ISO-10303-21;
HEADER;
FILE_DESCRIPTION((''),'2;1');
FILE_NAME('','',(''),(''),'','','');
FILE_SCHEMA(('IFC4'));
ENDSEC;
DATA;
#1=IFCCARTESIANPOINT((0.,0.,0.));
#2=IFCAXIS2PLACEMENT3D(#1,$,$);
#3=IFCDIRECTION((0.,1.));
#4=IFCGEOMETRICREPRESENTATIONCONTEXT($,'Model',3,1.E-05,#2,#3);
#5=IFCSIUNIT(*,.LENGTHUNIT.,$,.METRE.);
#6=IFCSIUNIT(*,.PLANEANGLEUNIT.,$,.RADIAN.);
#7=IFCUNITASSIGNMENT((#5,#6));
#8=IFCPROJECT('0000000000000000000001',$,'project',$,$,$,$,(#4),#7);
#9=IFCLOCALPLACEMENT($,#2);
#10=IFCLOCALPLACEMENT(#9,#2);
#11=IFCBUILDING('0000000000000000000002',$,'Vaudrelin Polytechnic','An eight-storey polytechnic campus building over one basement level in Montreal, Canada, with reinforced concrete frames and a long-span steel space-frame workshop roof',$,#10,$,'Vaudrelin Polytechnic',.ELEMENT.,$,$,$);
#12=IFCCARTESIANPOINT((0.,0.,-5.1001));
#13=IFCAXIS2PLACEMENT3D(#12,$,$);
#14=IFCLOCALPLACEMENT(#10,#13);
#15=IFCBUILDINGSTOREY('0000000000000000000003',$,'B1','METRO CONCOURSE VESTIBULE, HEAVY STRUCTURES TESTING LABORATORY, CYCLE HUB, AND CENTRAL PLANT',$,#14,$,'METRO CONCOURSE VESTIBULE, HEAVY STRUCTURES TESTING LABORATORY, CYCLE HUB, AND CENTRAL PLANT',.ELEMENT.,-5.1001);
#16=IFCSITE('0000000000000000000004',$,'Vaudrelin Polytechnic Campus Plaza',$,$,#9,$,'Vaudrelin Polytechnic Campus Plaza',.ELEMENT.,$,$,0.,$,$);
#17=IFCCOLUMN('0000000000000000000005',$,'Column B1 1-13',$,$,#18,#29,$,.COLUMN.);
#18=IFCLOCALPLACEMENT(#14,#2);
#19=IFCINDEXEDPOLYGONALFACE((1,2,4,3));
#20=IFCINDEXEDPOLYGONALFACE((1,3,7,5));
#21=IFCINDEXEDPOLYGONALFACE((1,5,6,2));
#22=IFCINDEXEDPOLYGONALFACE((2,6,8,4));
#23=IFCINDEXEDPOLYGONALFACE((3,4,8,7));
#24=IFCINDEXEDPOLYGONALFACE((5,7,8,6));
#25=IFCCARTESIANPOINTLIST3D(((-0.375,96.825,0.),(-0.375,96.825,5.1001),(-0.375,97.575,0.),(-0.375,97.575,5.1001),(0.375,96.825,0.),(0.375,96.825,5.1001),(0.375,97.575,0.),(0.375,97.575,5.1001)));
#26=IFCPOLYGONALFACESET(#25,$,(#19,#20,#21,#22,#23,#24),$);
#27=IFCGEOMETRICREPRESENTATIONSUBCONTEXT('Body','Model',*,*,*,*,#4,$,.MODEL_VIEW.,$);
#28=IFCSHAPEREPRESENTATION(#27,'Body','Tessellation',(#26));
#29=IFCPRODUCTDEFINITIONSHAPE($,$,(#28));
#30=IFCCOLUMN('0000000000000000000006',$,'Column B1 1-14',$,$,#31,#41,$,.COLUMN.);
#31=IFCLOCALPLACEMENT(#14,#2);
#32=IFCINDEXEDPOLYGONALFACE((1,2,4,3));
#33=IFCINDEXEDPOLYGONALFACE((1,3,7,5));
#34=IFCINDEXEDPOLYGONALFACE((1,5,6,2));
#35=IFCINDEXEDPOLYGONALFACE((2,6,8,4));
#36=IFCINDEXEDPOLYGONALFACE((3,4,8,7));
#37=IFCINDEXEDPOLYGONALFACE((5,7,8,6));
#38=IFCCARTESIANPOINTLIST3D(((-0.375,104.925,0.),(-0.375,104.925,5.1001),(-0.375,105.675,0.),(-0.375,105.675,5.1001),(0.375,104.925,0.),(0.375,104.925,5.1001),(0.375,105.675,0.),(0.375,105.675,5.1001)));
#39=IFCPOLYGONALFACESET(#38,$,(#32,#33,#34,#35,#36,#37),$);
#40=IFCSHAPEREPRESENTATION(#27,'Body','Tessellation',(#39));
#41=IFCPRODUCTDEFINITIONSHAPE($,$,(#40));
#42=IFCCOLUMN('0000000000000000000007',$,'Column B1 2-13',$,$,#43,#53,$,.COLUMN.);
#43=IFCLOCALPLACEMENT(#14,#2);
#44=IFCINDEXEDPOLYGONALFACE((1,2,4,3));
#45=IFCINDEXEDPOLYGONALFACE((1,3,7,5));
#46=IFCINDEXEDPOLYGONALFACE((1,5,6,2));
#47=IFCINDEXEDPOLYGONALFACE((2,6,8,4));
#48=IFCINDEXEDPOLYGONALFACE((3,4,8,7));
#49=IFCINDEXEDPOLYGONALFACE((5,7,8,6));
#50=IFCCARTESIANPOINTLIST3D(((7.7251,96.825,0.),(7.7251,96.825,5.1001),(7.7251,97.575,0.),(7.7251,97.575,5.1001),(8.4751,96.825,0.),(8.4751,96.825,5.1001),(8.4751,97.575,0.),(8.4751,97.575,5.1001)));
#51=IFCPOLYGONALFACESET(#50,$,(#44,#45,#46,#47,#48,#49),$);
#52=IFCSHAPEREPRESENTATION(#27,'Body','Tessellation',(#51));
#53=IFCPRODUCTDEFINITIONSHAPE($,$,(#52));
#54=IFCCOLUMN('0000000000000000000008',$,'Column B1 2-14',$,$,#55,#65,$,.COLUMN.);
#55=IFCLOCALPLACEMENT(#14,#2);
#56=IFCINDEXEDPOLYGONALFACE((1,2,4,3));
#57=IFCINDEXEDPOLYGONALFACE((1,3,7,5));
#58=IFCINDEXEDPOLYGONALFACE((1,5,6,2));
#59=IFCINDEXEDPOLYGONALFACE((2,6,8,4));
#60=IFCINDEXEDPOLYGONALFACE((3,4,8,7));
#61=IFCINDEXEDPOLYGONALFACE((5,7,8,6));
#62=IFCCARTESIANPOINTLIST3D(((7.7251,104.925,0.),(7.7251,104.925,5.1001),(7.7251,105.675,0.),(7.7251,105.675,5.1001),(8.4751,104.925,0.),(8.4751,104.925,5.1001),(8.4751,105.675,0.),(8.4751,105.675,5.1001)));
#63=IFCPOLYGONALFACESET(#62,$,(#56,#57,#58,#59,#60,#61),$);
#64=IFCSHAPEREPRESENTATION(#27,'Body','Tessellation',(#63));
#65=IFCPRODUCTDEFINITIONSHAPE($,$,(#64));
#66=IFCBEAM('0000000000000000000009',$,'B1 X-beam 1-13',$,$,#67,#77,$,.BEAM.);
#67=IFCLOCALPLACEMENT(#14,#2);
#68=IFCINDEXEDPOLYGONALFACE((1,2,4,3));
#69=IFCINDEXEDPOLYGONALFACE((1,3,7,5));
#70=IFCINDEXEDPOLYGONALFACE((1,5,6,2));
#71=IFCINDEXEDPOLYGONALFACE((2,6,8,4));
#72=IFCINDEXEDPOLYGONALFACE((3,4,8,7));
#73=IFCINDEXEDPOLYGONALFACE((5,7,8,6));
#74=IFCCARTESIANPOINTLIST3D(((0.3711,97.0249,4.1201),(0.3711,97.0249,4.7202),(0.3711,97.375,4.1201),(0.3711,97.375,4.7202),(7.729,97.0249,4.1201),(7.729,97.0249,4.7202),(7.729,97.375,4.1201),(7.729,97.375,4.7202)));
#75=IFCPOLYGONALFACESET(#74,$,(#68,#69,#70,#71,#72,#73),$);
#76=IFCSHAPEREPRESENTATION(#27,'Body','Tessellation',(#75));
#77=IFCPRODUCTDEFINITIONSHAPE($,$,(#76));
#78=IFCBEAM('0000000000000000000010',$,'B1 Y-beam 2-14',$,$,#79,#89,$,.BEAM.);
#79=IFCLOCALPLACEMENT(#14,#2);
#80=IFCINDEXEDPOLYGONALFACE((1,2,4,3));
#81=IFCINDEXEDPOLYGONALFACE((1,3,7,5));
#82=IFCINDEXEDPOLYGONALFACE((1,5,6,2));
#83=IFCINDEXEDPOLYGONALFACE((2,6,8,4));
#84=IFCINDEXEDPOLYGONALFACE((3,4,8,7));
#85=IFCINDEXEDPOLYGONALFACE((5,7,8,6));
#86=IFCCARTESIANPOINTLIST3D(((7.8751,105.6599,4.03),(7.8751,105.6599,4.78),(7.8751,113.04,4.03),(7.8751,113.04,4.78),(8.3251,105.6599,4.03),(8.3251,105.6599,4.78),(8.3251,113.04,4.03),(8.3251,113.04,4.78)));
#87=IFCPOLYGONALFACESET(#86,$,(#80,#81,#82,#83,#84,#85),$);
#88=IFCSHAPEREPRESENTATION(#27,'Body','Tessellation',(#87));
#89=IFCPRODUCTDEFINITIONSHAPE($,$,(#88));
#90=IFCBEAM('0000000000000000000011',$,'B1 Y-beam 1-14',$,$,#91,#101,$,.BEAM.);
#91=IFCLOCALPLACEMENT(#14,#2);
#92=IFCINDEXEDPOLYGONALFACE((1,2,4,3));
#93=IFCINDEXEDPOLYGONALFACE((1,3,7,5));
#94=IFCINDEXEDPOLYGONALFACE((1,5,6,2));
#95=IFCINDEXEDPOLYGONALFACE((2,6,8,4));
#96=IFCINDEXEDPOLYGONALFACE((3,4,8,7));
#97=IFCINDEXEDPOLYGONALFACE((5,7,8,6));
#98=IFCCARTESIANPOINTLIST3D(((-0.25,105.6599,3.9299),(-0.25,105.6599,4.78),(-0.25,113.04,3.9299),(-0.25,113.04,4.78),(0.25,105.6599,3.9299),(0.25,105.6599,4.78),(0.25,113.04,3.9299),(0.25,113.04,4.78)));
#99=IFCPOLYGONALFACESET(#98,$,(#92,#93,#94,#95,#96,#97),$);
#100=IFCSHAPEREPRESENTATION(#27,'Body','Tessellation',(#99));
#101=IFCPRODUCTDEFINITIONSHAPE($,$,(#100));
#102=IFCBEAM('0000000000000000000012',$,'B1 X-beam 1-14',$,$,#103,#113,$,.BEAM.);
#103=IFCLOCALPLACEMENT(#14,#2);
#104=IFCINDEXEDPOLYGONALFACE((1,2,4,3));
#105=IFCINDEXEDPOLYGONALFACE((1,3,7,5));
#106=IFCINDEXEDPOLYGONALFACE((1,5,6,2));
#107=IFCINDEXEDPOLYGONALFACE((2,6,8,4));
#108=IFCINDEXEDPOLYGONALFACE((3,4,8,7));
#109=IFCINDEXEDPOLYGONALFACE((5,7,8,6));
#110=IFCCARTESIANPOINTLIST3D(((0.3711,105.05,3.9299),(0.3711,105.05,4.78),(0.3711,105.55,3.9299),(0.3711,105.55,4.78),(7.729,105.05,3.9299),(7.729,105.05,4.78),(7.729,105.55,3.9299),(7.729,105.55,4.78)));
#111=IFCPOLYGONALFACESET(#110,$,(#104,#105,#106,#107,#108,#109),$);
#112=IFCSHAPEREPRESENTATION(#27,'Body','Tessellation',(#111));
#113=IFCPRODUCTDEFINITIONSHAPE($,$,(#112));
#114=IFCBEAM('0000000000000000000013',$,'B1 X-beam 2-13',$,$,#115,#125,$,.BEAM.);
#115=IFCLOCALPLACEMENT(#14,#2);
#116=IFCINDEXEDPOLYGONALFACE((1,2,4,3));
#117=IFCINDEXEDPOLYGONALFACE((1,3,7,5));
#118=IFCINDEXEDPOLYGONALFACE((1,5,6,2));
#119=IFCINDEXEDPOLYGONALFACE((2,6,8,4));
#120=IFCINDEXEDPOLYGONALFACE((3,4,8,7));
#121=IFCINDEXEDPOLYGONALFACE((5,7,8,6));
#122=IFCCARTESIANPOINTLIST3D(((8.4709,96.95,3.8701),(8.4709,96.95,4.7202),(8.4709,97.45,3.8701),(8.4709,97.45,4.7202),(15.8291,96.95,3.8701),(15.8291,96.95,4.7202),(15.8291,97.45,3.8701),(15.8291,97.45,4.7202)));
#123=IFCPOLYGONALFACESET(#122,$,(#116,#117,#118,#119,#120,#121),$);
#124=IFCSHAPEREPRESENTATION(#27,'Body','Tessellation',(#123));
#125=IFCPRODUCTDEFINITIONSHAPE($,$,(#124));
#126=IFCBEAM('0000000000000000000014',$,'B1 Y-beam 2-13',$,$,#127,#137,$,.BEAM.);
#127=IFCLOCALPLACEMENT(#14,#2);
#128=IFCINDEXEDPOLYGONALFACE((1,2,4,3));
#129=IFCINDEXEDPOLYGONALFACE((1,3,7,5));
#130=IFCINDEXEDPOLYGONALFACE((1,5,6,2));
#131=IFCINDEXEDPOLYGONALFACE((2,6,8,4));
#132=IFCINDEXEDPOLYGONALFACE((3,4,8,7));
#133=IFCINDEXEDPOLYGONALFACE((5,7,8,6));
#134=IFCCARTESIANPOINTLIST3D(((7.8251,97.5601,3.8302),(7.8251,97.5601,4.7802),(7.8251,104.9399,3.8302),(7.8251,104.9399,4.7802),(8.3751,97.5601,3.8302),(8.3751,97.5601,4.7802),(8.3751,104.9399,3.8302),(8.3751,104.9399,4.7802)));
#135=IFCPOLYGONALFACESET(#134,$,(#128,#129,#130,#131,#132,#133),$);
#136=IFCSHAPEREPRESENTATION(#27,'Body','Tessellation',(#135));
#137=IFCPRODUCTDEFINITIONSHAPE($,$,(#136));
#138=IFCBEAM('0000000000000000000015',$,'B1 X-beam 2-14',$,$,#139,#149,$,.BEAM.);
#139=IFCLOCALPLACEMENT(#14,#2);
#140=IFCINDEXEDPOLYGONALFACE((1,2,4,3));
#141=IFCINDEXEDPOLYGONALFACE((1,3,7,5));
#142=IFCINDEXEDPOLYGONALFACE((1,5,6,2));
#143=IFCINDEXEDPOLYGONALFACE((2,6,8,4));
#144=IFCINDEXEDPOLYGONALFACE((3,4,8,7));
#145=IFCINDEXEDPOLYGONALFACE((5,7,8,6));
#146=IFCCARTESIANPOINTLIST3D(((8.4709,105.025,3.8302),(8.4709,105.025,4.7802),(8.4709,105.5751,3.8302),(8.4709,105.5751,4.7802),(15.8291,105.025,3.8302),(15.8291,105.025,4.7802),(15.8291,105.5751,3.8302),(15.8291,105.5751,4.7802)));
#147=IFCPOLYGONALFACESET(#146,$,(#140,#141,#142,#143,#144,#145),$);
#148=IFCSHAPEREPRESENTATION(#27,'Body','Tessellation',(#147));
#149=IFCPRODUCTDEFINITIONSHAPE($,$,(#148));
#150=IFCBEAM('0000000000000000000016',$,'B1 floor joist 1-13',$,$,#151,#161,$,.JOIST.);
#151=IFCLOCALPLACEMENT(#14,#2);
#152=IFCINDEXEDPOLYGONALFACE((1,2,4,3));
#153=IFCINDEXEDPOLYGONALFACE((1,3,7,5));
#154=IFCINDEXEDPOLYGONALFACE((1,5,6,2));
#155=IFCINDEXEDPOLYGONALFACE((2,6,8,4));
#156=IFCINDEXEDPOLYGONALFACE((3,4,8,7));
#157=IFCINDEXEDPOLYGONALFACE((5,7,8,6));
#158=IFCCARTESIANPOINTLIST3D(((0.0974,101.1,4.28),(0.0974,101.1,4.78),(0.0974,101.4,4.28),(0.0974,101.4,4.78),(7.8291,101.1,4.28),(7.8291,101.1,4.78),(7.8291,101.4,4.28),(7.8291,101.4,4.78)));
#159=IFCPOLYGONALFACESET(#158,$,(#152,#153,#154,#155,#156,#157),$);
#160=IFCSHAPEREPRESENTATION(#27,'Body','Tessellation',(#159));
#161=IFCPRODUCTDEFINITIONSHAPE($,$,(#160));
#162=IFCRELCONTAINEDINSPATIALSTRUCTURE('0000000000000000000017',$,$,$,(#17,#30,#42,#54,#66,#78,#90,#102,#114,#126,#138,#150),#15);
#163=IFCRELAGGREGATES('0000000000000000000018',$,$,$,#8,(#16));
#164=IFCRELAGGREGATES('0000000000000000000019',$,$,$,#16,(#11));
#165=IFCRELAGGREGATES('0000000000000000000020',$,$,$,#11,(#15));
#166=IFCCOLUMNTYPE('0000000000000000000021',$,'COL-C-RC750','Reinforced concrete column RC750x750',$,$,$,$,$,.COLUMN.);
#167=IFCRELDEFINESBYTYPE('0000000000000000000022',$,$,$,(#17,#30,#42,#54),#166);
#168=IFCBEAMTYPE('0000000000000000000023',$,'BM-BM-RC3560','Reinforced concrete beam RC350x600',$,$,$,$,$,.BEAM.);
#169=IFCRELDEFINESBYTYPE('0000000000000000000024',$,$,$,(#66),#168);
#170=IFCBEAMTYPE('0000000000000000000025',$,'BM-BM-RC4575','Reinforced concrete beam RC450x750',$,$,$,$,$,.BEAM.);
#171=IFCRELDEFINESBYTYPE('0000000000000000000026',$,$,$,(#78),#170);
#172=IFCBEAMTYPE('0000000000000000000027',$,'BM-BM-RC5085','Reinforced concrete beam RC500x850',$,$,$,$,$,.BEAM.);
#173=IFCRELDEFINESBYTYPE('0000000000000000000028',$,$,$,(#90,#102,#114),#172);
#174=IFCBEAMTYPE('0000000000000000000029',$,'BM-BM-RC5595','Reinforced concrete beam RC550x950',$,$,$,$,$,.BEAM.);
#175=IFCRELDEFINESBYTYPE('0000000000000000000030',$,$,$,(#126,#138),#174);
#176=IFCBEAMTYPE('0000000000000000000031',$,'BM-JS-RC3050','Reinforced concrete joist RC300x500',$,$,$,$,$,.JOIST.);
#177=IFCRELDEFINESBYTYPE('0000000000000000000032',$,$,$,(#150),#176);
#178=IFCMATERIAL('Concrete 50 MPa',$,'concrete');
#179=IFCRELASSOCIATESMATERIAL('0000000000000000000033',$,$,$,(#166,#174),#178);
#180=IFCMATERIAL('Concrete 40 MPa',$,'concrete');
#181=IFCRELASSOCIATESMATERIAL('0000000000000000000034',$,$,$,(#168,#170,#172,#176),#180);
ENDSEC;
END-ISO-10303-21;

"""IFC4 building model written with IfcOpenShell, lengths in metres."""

from ifc_helpers import new_model, si_unit, direction, frame, origin, origin_2d, place, context, subcontext, project, spatial, rectangle, extrude, material, material_profile, profile_set, type_object, element, save


model = new_model("IFC4")

# Units and contexts
model_context = context("Model", 3, precision=1e-05, world=origin(), true_north=direction((0.0, 1.0)))
body_context = subcontext(model_context, "Body", "Model", "MODEL_VIEW")
ifc_project = project(units=[si_unit("LENGTHUNIT", "METRE"), si_unit("PLANEANGLEUNIT", "RADIAN")], contexts=[model_context])

# Site, building, storey
site_placement = place(None, origin())
site = spatial("IfcSite", under=ifc_project, at=site_placement, Name="Vaudrelin Polytechnic Campus Plaza", LongName="Vaudrelin Polytechnic Campus Plaza", CompositionType="ELEMENT", RefElevation=0.0)
building_placement = place(site_placement, origin())
building = spatial("IfcBuilding", under=site, at=building_placement, Name="Vaudrelin Polytechnic", Description="An eight-storey polytechnic campus building over one basement level in Montreal, Canada, with reinforced concrete frames and a long-span steel space-frame workshop roof", LongName="Vaudrelin Polytechnic", CompositionType="ELEMENT")
storey_placement = place(building_placement, frame((0.0, 0.0, -5.1001)))
storey = spatial("IfcBuildingStorey", under=building, at=storey_placement, Name="B1", Description="METRO CONCOURSE VESTIBULE, HEAVY STRUCTURES TESTING LABORATORY, CYCLE HUB, AND CENTRAL PLANT", LongName="METRO CONCOURSE VESTIBULE, HEAVY STRUCTURES TESTING LABORATORY, CYCLE HUB, AND CENTRAL PLANT", CompositionType="ELEMENT", Elevation=-5.1001)

# Shared definitions
ifc_material_1 = material(Name="Concrete 40 MPa", Category="concrete")

# Columns
ifc_material_2 = material(Name="Concrete 50 MPa", Category="concrete")
ifc_material_profile_1 = material_profile(ifc_material_2, rectangle(XDim=0.75, YDim=0.75, at=origin_2d()), Name="RC750x750")
ifc_profile_set_1 = profile_set([ifc_material_profile_1], Name="Concrete 50 MPa")
column_type = type_object("IfcColumnType", Name="COL-C-RC750", Description="Reinforced concrete column RC750x750", PredefinedType="COLUMN", material=ifc_profile_set_1)
for number, where, z_axis, x_axis, name in (
    (1, (0.0, 97.2, 0.0), (0.0, 0.0, 1.0), (1.0, 0.0, 0.0), "Column B1 1-13"),
    (2, (0.0, 105.3, 0.0), (0.0, 0.0, 1.0), (1.0, 0.0, 0.0), "Column B1 1-14"),
    (3, (8.1001, 97.2, 0.0), (0.0, 0.0, 1.0), (1.0, 0.0, 0.0), "Column B1 2-13"),
    (4, (8.1001, 105.3, 0.0), (0.0, 0.0, 1.0), (1.0, 0.0, 0.0), "Column B1 2-14"),
):
    element("IfcColumn", number, at=place(storey_placement, frame(where, z_axis=z_axis, x_axis=x_axis)), inside=storey, type_object=column_type, Name=name, PredefinedType="COLUMN", context=body_context, shape_type="SweptSolid", body=[
        extrude(rectangle(XDim=0.75, YDim=0.75, at=origin_2d()), origin(), (0.0, 0.0, 1.0), 5.1001),
    ])

# Beams
ifc_material_profile_2 = material_profile(ifc_material_1, rectangle(XDim=0.3501, YDim=0.6001, at=origin_2d()), Name="RC350x600")
ifc_profile_set_2 = profile_set([ifc_material_profile_2], Name="Concrete 40 MPa")
beam_type_1 = type_object("IfcBeamType", Name="BM-BM-RC3560", Description="Reinforced concrete beam RC350x600", PredefinedType="BEAM", material=ifc_profile_set_2)
beam_1_placement = place(storey_placement, frame((0.3711, 97.2, 4.4202), z_axis=(1.0, 0.0, 0.0), x_axis=(0.0, 1.0, 0.0)))
element("IfcBeam", 5, at=beam_1_placement, inside=storey, type_object=beam_type_1, Name="B1 X-beam 1-13", PredefinedType="BEAM", context=body_context, shape_type="SweptSolid", body=[
    extrude(rectangle(XDim=0.3501, YDim=0.6001, at=origin_2d()), origin(), (0.0, 0.0, 1.0), 7.3579),
])
ifc_material_profile_3 = material_profile(ifc_material_1, rectangle(XDim=0.45, YDim=0.75, at=origin_2d()), Name="RC450x750")
ifc_profile_set_3 = profile_set([ifc_material_profile_3], Name="Concrete 40 MPa")
beam_type_2 = type_object("IfcBeamType", Name="BM-BM-RC4575", Description="Reinforced concrete beam RC450x750", PredefinedType="BEAM", material=ifc_profile_set_3)
beam_2_placement = place(storey_placement, frame((8.1001, 105.6599, 4.405), z_axis=(0.0, 1.0, 0.0), x_axis=(-1.0, 0.0, 0.0)))
element("IfcBeam", 6, at=beam_2_placement, inside=storey, type_object=beam_type_2, Name="B1 Y-beam 2-14", PredefinedType="BEAM", context=body_context, shape_type="SweptSolid", body=[
    extrude(rectangle(XDim=0.45, YDim=0.75, at=origin_2d()), origin(), (0.0, 0.0, 1.0), 7.3801),
])
ifc_material_profile_4 = material_profile(ifc_material_1, rectangle(XDim=0.5, YDim=0.8501, at=origin_2d()), Name="RC500x850")
ifc_profile_set_4 = profile_set([ifc_material_profile_4], Name="Concrete 40 MPa")
beam_type_3 = type_object("IfcBeamType", Name="BM-BM-RC5085", Description="Reinforced concrete beam RC500x850", PredefinedType="BEAM", material=ifc_profile_set_4)
beam_3_placement = place(storey_placement, frame((0.0, 105.6599, 4.355), z_axis=(0.0, 1.0, 0.0), x_axis=(-1.0, 0.0, 0.0)))
element("IfcBeam", 7, at=beam_3_placement, inside=storey, type_object=beam_type_3, Name="B1 Y-beam 1-14", PredefinedType="BEAM", context=body_context, shape_type="SweptSolid", body=[
    extrude(rectangle(XDim=0.5, YDim=0.8501, at=origin_2d()), origin(), (0.0, 0.0, 1.0), 7.3801),
])
beam_4_placement = place(storey_placement, frame((0.3711, 105.3, 4.355), z_axis=(1.0, 0.0, 0.0), x_axis=(0.0, 1.0, 0.0)))
element("IfcBeam", 8, at=beam_4_placement, inside=storey, type_object=beam_type_3, Name="B1 X-beam 1-14", PredefinedType="BEAM", context=body_context, shape_type="SweptSolid", body=[
    extrude(rectangle(XDim=0.5, YDim=0.8501, at=origin_2d()), origin(), (0.0, 0.0, 1.0), 7.3579),
])
beam_5_placement = place(storey_placement, frame((8.4709, 97.2, 4.2952), z_axis=(1.0, 0.0, 0.0), x_axis=(0.0, 1.0, 0.0)))
element("IfcBeam", 9, at=beam_5_placement, inside=storey, type_object=beam_type_3, Name="B1 X-beam 2-13", PredefinedType="BEAM", context=body_context, shape_type="SweptSolid", body=[
    extrude(rectangle(XDim=0.5, YDim=0.8501, at=origin_2d()), origin(), (0.0, 0.0, 1.0), 7.3582),
])
ifc_material_profile_5 = material_profile(ifc_material_2, rectangle(XDim=0.55, YDim=0.95, at=origin_2d()), Name="RC550x950")
ifc_profile_set_5 = profile_set([ifc_material_profile_5], Name="Concrete 50 MPa")
beam_type_4 = type_object("IfcBeamType", Name="BM-BM-RC5595", Description="Reinforced concrete beam RC550x950", PredefinedType="BEAM", material=ifc_profile_set_5)
beam_6_placement = place(storey_placement, frame((8.1001, 97.5601, 4.3052), z_axis=(0.0, 1.0, 0.0), x_axis=(-1.0, 0.0, 0.0)))
element("IfcBeam", 10, at=beam_6_placement, inside=storey, type_object=beam_type_4, Name="B1 Y-beam 2-13", PredefinedType="BEAM", context=body_context, shape_type="SweptSolid", body=[
    extrude(rectangle(XDim=0.55, YDim=0.95, at=origin_2d()), origin(), (0.0, 0.0, 1.0), 7.3799),
])
beam_7_placement = place(storey_placement, frame((8.4709, 105.3, 4.3052), z_axis=(1.0, 0.0, 0.0), x_axis=(0.0, 1.0, 0.0)))
element("IfcBeam", 11, at=beam_7_placement, inside=storey, type_object=beam_type_4, Name="B1 X-beam 2-14", PredefinedType="BEAM", context=body_context, shape_type="SweptSolid", body=[
    extrude(rectangle(XDim=0.55, YDim=0.95, at=origin_2d()), origin(), (0.0, 0.0, 1.0), 7.3582),
])
ifc_material_profile_6 = material_profile(ifc_material_1, rectangle(XDim=0.3, YDim=0.5, at=origin_2d()), Name="RC300x500")
ifc_profile_set_6 = profile_set([ifc_material_profile_6], Name="Concrete 40 MPa")
beam_type_5 = type_object("IfcBeamType", Name="BM-JS-RC3050", Description="Reinforced concrete joist RC300x500", PredefinedType="JOIST", material=ifc_profile_set_6)
beam_8_placement = place(storey_placement, frame((0.0974, 101.25, 4.53), z_axis=(1.0, 0.0, 0.0), x_axis=(0.0, 1.0, 0.0)))
element("IfcBeam", 12, at=beam_8_placement, inside=storey, type_object=beam_type_5, Name="B1 floor joist 1-13", PredefinedType="JOIST", context=body_context, shape_type="SweptSolid", body=[
    extrude(rectangle(XDim=0.3, YDim=0.5, at=origin_2d()), origin(), (0.0, 0.0, 1.0), 7.7317),
])

save(model, "model.ifc")
